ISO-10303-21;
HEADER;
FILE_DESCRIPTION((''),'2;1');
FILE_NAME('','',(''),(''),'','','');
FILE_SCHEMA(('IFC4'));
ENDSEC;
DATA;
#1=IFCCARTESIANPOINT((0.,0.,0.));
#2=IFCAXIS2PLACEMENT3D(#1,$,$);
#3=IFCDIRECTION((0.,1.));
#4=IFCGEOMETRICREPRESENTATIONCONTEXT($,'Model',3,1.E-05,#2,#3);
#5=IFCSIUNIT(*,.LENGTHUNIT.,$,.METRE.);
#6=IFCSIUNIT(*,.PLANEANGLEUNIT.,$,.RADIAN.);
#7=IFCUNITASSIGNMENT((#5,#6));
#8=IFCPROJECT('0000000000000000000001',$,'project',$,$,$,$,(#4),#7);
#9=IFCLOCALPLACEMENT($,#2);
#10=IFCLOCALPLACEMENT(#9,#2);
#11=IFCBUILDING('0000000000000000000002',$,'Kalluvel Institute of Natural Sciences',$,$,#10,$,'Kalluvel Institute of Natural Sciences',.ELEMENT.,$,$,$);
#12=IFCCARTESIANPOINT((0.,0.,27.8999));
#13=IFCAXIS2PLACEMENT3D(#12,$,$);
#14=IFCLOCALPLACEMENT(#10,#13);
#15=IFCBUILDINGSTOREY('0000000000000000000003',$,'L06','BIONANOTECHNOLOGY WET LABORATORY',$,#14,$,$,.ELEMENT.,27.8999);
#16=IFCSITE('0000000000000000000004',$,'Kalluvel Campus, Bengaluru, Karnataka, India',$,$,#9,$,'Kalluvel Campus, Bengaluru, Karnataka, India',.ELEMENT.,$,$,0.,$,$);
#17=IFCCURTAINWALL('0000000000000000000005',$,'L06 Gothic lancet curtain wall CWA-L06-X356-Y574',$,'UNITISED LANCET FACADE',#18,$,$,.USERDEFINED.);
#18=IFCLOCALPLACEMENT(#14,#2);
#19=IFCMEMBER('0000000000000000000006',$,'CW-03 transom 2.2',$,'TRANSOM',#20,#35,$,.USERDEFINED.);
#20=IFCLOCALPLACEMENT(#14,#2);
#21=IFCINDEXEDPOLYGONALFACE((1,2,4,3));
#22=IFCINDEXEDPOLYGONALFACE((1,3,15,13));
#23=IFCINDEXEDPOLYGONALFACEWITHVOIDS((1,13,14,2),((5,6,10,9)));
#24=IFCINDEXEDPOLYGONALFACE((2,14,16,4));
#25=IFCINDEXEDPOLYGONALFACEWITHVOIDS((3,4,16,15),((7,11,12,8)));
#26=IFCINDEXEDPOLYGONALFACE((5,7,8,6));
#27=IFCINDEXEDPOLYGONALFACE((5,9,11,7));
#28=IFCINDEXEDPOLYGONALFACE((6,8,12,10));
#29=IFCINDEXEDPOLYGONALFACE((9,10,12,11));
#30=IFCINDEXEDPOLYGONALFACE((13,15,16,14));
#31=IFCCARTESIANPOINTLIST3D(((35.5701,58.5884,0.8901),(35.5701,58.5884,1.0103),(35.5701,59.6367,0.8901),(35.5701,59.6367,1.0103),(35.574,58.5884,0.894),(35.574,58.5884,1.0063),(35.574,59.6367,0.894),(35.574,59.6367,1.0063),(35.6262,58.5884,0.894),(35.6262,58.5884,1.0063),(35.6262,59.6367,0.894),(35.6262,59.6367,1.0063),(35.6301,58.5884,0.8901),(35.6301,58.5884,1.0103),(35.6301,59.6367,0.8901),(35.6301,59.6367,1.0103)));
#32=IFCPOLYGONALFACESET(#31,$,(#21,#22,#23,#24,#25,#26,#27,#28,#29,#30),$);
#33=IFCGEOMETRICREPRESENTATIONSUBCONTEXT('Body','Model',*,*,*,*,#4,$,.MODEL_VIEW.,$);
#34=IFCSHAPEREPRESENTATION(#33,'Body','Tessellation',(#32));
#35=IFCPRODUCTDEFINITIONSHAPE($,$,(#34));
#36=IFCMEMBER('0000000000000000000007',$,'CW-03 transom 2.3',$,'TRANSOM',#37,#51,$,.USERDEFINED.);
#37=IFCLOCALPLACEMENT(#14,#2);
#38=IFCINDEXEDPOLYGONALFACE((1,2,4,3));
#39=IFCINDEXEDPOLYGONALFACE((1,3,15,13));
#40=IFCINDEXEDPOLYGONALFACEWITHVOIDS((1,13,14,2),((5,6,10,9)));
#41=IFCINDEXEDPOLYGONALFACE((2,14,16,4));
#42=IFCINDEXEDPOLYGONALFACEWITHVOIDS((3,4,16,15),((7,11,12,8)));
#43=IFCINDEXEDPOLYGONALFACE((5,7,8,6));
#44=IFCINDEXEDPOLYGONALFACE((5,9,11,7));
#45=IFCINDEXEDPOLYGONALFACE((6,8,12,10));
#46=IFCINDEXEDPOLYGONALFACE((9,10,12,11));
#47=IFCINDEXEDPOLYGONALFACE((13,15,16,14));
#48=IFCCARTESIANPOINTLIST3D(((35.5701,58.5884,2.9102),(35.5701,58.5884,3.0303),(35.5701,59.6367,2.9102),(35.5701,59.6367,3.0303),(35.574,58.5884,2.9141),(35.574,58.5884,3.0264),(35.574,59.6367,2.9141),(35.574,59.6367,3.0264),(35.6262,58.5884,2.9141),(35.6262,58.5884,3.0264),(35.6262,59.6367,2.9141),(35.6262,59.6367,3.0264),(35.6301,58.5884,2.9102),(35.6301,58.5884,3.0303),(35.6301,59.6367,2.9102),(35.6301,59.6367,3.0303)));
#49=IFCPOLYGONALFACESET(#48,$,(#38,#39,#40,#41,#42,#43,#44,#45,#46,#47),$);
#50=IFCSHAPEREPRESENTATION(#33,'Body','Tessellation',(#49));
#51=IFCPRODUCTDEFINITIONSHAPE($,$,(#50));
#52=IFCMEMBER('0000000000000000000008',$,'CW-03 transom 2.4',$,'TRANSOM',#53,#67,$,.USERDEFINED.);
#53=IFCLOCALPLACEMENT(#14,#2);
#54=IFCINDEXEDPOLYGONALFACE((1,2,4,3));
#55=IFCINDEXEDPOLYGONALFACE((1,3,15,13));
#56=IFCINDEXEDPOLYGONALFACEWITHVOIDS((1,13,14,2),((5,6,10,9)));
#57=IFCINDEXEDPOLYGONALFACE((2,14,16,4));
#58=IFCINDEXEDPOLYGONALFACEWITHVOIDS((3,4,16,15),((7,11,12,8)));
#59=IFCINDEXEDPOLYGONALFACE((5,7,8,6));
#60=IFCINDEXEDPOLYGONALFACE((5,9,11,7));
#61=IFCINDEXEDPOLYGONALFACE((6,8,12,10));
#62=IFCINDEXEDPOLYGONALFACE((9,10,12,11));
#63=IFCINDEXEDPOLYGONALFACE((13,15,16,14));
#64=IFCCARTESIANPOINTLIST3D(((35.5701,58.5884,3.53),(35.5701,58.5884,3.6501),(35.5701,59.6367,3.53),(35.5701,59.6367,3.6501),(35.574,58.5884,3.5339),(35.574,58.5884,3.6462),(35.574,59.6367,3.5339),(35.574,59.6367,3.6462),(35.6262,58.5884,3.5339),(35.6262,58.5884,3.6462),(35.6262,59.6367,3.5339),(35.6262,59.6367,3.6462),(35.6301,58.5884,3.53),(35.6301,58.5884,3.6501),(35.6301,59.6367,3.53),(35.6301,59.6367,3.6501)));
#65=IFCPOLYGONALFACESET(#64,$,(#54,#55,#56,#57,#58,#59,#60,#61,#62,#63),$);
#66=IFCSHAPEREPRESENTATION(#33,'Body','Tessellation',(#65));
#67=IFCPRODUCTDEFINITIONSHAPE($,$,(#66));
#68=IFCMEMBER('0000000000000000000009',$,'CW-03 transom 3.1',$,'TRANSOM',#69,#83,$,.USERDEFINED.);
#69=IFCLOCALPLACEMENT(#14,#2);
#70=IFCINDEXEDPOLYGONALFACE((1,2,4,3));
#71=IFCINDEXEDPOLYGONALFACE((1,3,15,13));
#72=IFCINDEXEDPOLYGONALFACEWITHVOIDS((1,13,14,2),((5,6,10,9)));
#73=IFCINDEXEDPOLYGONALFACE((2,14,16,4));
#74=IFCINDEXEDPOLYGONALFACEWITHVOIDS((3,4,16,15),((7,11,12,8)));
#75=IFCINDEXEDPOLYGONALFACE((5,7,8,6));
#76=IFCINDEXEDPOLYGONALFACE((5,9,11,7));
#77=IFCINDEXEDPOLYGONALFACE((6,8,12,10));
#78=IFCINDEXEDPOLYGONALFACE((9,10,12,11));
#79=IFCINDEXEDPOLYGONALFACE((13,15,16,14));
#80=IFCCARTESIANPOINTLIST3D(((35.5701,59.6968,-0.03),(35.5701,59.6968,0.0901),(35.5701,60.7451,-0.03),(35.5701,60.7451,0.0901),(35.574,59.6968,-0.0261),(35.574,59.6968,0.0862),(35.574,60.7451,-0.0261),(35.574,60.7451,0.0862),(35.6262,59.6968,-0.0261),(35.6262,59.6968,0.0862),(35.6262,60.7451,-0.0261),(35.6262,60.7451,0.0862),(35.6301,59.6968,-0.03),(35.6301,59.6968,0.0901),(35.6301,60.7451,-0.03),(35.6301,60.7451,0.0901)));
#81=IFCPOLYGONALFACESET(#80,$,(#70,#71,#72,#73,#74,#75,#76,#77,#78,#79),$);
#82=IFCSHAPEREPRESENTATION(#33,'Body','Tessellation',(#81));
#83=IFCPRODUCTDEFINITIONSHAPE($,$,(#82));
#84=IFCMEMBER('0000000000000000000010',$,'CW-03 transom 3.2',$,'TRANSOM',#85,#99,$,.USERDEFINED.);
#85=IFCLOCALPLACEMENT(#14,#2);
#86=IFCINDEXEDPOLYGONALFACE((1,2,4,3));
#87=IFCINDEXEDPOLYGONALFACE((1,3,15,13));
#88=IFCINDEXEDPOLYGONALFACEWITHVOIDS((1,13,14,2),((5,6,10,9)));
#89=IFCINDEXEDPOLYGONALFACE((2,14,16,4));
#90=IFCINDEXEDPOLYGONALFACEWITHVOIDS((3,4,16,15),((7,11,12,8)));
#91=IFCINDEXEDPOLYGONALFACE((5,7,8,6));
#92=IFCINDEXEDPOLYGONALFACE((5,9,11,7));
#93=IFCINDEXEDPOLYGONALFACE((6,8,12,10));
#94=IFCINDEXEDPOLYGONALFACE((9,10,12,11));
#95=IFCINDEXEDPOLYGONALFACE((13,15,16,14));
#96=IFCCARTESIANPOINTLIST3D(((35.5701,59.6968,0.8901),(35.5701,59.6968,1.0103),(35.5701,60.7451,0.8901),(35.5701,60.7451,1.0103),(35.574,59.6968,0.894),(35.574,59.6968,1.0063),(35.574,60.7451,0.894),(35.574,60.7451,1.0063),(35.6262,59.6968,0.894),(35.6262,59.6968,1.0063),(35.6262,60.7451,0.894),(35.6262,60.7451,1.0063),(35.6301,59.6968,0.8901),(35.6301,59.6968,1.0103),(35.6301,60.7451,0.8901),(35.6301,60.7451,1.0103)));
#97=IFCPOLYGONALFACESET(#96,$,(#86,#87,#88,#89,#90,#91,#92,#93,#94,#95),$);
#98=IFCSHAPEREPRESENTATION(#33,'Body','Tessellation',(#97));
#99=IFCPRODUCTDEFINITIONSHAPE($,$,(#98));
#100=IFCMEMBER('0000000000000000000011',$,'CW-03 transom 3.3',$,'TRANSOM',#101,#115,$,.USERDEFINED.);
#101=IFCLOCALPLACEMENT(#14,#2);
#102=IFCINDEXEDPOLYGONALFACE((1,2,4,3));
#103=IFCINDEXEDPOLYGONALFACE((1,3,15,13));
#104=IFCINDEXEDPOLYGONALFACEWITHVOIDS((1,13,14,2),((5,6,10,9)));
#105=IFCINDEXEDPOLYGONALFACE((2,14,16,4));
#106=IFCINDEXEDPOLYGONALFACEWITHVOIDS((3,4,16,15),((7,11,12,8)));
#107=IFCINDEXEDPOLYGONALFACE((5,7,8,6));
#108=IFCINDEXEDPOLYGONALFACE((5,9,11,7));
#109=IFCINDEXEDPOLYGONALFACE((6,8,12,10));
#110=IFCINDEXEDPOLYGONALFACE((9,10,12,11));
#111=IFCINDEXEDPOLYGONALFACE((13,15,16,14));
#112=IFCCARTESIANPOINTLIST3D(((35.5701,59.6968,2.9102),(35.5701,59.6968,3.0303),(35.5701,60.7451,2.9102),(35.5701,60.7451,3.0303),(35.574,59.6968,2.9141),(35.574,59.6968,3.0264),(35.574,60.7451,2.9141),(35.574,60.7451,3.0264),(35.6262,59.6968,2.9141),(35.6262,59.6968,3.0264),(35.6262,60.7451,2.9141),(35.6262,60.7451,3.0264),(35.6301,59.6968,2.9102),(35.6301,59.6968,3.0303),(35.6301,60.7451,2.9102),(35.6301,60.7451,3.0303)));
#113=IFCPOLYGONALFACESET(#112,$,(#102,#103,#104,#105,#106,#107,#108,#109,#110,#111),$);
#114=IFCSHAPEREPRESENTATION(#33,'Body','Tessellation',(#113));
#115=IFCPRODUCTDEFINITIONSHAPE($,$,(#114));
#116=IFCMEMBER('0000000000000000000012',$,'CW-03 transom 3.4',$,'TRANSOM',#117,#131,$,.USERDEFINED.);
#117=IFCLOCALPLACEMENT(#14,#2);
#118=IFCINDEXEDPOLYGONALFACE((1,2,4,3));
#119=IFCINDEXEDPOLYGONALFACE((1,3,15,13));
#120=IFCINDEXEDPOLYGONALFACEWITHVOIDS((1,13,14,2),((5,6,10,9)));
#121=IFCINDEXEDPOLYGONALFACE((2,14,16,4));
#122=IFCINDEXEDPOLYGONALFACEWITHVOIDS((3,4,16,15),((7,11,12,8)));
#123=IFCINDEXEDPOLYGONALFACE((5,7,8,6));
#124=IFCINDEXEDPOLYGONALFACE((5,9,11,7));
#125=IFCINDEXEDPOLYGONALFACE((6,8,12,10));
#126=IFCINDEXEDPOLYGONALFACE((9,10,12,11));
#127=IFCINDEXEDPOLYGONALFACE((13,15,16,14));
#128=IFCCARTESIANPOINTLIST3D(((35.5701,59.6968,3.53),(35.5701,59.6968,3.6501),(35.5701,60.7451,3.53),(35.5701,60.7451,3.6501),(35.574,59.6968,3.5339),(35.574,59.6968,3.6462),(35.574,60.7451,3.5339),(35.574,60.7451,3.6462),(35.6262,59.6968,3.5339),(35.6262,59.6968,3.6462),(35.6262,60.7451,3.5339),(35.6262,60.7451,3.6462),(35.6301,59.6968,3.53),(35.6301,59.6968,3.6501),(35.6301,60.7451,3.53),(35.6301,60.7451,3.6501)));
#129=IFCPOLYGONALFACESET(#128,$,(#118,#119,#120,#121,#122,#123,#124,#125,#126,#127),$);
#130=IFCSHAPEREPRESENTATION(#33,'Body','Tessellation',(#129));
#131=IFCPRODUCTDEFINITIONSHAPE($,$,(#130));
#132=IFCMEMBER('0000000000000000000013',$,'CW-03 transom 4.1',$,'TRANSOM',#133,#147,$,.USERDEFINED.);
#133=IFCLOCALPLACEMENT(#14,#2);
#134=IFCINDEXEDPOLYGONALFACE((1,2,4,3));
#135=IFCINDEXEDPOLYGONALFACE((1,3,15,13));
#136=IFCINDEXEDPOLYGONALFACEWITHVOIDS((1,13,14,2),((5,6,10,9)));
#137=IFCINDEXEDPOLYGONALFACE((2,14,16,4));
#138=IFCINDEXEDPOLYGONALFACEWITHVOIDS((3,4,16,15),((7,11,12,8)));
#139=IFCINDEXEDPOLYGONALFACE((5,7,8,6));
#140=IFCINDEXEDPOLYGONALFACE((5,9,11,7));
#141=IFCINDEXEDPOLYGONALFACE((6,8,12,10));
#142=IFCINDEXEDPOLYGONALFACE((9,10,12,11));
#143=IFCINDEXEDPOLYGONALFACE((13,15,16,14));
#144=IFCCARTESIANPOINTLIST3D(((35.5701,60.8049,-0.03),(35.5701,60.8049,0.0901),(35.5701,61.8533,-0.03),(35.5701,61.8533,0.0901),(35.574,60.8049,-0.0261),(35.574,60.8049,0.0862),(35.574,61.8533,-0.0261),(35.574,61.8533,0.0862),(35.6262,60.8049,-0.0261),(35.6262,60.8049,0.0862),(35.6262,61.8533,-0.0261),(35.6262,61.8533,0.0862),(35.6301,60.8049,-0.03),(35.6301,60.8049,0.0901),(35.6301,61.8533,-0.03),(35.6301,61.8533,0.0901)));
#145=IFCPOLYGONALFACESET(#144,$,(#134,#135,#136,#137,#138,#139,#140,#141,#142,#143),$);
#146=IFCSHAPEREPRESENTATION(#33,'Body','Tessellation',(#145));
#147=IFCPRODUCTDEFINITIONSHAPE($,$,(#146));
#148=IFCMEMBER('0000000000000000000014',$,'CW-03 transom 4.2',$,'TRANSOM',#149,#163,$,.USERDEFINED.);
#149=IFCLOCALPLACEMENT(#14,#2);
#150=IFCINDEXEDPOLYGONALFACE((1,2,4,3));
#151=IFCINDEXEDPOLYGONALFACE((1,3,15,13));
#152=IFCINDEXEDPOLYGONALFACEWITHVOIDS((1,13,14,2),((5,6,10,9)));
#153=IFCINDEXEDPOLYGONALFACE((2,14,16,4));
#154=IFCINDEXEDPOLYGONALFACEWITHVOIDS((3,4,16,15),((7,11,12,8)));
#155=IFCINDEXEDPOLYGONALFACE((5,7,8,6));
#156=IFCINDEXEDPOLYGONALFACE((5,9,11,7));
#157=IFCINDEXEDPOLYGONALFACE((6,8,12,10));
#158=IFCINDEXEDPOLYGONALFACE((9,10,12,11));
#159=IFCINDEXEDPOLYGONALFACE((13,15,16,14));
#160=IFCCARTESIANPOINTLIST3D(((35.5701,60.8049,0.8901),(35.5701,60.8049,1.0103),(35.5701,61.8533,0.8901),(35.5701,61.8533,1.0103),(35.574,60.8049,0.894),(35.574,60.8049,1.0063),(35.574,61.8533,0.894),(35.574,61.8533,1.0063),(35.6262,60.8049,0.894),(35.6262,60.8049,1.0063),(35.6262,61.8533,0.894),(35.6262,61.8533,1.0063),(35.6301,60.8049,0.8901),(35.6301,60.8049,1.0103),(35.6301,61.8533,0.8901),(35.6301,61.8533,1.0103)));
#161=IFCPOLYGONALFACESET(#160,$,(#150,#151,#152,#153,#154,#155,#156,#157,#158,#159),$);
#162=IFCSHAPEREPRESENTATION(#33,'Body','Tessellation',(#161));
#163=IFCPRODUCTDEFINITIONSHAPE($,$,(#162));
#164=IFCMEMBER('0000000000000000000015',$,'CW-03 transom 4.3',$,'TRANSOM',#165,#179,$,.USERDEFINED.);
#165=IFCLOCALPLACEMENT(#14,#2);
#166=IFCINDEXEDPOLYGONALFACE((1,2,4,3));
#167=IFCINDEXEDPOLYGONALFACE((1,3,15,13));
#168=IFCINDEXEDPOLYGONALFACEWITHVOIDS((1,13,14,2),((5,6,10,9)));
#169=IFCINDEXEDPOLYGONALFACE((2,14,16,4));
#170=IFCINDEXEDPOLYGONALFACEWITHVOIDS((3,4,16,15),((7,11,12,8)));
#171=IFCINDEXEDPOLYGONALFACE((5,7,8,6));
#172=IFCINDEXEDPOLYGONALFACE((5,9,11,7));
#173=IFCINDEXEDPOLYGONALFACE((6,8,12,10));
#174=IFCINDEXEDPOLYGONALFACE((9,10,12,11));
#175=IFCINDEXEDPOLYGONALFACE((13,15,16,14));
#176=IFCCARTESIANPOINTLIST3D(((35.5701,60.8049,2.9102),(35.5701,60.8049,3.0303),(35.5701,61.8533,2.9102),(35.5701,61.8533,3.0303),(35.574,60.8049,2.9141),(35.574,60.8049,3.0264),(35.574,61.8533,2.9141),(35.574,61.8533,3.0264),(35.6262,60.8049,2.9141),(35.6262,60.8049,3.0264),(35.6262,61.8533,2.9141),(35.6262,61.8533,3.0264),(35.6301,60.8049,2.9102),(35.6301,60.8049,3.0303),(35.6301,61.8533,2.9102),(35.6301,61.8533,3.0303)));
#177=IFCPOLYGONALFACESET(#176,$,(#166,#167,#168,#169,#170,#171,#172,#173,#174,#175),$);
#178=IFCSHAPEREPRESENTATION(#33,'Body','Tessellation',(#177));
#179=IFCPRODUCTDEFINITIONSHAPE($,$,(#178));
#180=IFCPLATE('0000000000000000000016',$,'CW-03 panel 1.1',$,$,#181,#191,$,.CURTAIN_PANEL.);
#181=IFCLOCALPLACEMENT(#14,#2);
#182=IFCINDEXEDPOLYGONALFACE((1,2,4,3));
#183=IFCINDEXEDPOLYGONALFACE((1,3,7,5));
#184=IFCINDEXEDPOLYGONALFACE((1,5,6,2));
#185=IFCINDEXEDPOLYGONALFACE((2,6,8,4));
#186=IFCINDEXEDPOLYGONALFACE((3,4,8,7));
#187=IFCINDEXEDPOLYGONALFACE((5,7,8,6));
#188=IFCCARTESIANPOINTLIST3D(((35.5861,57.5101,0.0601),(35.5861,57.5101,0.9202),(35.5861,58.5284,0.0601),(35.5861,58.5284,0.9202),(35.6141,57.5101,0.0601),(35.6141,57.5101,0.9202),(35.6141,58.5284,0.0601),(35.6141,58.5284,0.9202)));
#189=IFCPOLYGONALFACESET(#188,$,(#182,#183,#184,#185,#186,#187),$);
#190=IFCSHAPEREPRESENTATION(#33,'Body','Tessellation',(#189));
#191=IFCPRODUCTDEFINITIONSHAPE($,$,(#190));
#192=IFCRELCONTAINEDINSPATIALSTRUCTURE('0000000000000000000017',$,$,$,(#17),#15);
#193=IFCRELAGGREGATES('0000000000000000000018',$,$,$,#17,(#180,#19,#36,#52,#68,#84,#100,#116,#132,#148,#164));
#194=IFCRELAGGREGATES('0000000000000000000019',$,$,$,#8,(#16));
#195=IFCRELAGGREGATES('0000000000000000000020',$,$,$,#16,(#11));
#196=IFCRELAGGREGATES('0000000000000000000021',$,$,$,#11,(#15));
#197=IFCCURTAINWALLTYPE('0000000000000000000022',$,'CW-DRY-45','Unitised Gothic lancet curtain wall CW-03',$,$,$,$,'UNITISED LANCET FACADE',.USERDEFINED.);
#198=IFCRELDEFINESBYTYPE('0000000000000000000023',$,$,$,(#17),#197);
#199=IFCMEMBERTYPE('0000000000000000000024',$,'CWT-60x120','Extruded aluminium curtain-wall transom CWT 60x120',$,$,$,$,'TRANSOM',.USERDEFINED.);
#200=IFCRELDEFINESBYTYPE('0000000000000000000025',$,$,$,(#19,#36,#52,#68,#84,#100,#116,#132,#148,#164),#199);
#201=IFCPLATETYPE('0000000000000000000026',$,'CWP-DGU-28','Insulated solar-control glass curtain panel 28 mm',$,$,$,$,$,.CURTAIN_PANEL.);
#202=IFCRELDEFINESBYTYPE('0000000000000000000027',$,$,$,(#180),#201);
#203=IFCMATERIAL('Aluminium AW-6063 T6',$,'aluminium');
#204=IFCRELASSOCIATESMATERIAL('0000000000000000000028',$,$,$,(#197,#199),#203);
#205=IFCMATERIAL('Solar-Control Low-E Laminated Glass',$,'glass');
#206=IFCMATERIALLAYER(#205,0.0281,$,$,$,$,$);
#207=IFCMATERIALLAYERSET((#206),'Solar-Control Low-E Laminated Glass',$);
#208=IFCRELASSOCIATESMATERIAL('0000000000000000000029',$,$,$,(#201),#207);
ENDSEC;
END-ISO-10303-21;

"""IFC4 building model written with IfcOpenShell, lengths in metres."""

from ifc_helpers import new_model, si_unit, direction, frame, origin, origin_2d, place, context, subcontext, project, spatial, rectangle, hollow_rectangle, extrude, material, layer, layer_set, material_profile, profile_set, type_object, element, aggregate, save


model = new_model("IFC4")

# Units and contexts
model_context = context("Model", 3, precision=1e-05, world=origin(), true_north=direction((0.0, 1.0)))
body_context = subcontext(model_context, "Body", "Model", "MODEL_VIEW")
ifc_project = project(units=[si_unit("LENGTHUNIT", "METRE"), si_unit("PLANEANGLEUNIT", "RADIAN")], contexts=[model_context])

# Site, building, storey
site_placement = place(None, origin())
site = spatial("IfcSite", under=ifc_project, at=site_placement, Name="Kalluvel Campus, Bengaluru, Karnataka, India", LongName="Kalluvel Campus, Bengaluru, Karnataka, India", CompositionType="ELEMENT", RefElevation=0.0)
building_placement = place(site_placement, origin())
building = spatial("IfcBuilding", under=site, at=building_placement, Name="Kalluvel Institute of Natural Sciences", LongName="Kalluvel Institute of Natural Sciences", CompositionType="ELEMENT")
storey_placement = place(building_placement, frame((0.0, 0.0, 27.8999)))
storey = spatial("IfcBuildingStorey", under=building, at=storey_placement, Name="L06", Description="BIONANOTECHNOLOGY WET LABORATORY", CompositionType="ELEMENT", Elevation=27.8999)

# Curtain wall, members, plate
ifc_material_1 = material(Name="Aluminium AW-6063 T6", Category="aluminium")
curtain_wall_type = type_object("IfcCurtainWallType", Name="CW-DRY-45", Description="Unitised Gothic lancet curtain wall CW-03", ElementType="UNITISED LANCET FACADE", PredefinedType="USERDEFINED", material=ifc_material_1)
curtain_wall_placement = place(storey_placement, origin())
curtain_wall = element("IfcCurtainWall", 1, at=curtain_wall_placement, inside=storey, type_object=curtain_wall_type, Name="L06 Gothic lancet curtain wall CWA-L06-X356-Y574", ObjectType="UNITISED LANCET FACADE", PredefinedType="USERDEFINED")
ifc_material_profile_1 = material_profile(ifc_material_1, hollow_rectangle(XDim=0.0601, YDim=0.1201, WallThickness=0.0039, at=origin_2d()), Name="CWT 60x120")
ifc_profile_set_1 = profile_set([ifc_material_profile_1], Name="Aluminium AW-6063 T6")
member_type_1 = type_object("IfcMemberType", Name="CWT-60x120", Description="Extruded aluminium curtain-wall transom CWT 60x120", ElementType="TRANSOM", PredefinedType="USERDEFINED", material=ifc_profile_set_1)
member_1_placement = place(storey_placement, frame((35.6001, 58.5884, 0.9502), z_axis=(0.0, 1.0, 0.0), x_axis=(-1.0, 0.0, 0.0)))
member_1 = element("IfcMember", 2, at=member_1_placement, type_object=member_type_1, Name="CW-03 transom 2.2", ObjectType="TRANSOM", PredefinedType="USERDEFINED", context=body_context, shape_type="SweptSolid", body=[
    extrude(hollow_rectangle(XDim=0.0601, YDim=0.1201, WallThickness=0.0039, at=origin_2d()), origin(), (0.0, 0.0, 1.0), 1.0483),
])
member_2_placement = place(storey_placement, frame((35.6001, 58.5884, 2.9702), z_axis=(0.0, 1.0, 0.0), x_axis=(-1.0, 0.0, 0.0)))
member_2 = element("IfcMember", 3, at=member_2_placement, type_object=member_type_1, Name="CW-03 transom 2.3", ObjectType="TRANSOM", PredefinedType="USERDEFINED", context=body_context, shape_type="SweptSolid", body=[
    extrude(hollow_rectangle(XDim=0.0601, YDim=0.1201, WallThickness=0.0039, at=origin_2d()), origin(), (0.0, 0.0, 1.0), 1.0483),
])
member_3_placement = place(storey_placement, frame((35.6001, 58.5884, 3.5901), z_axis=(0.0, 1.0, 0.0), x_axis=(-1.0, 0.0, 0.0)))
member_3 = element("IfcMember", 4, at=member_3_placement, type_object=member_type_1, Name="CW-03 transom 2.4", ObjectType="TRANSOM", PredefinedType="USERDEFINED", context=body_context, shape_type="SweptSolid", body=[
    extrude(hollow_rectangle(XDim=0.0601, YDim=0.1201, WallThickness=0.0039, at=origin_2d()), origin(), (0.0, 0.0, 1.0), 1.0483),
])
member_4_placement = place(storey_placement, frame((35.6001, 59.6968, 0.03), z_axis=(0.0, 1.0, 0.0), x_axis=(-1.0, 0.0, 0.0)))
member_4 = element("IfcMember", 5, at=member_4_placement, type_object=member_type_1, Name="CW-03 transom 3.1", ObjectType="TRANSOM", PredefinedType="USERDEFINED", context=body_context, shape_type="SweptSolid", body=[
    extrude(hollow_rectangle(XDim=0.0601, YDim=0.1201, WallThickness=0.0039, at=origin_2d()), origin(), (0.0, 0.0, 1.0), 1.0483),
])
member_5_placement = place(storey_placement, frame((35.6001, 59.6968, 0.9502), z_axis=(0.0, 1.0, 0.0), x_axis=(-1.0, 0.0, 0.0)))
member_5 = element("IfcMember", 6, at=member_5_placement, type_object=member_type_1, Name="CW-03 transom 3.2", ObjectType="TRANSOM", PredefinedType="USERDEFINED", context=body_context, shape_type="SweptSolid", body=[
    extrude(hollow_rectangle(XDim=0.0601, YDim=0.1201, WallThickness=0.0039, at=origin_2d()), origin(), (0.0, 0.0, 1.0), 1.0483),
])
member_6_placement = place(storey_placement, frame((35.6001, 59.6968, 2.9702), z_axis=(0.0, 1.0, 0.0), x_axis=(-1.0, 0.0, 0.0)))
member_6 = element("IfcMember", 7, at=member_6_placement, type_object=member_type_1, Name="CW-03 transom 3.3", ObjectType="TRANSOM", PredefinedType="USERDEFINED", context=body_context, shape_type="SweptSolid", body=[
    extrude(hollow_rectangle(XDim=0.0601, YDim=0.1201, WallThickness=0.0039, at=origin_2d()), origin(), (0.0, 0.0, 1.0), 1.0483),
])
member_7_placement = place(storey_placement, frame((35.6001, 59.6968, 3.5901), z_axis=(0.0, 1.0, 0.0), x_axis=(-1.0, 0.0, 0.0)))
member_7 = element("IfcMember", 8, at=member_7_placement, type_object=member_type_1, Name="CW-03 transom 3.4", ObjectType="TRANSOM", PredefinedType="USERDEFINED", context=body_context, shape_type="SweptSolid", body=[
    extrude(hollow_rectangle(XDim=0.0601, YDim=0.1201, WallThickness=0.0039, at=origin_2d()), origin(), (0.0, 0.0, 1.0), 1.0483),
])
member_8_placement = place(storey_placement, frame((35.6001, 60.8049, 0.03), z_axis=(0.0, 1.0, 0.0), x_axis=(-1.0, 0.0, 0.0)))
member_8 = element("IfcMember", 9, at=member_8_placement, type_object=member_type_1, Name="CW-03 transom 4.1", ObjectType="TRANSOM", PredefinedType="USERDEFINED", context=body_context, shape_type="SweptSolid", body=[
    extrude(hollow_rectangle(XDim=0.0601, YDim=0.1201, WallThickness=0.0039, at=origin_2d()), origin(), (0.0, 0.0, 1.0), 1.0483),
])
member_9_placement = place(storey_placement, frame((35.6001, 60.8049, 0.9502), z_axis=(0.0, 1.0, 0.0), x_axis=(-1.0, 0.0, 0.0)))
member_9 = element("IfcMember", 10, at=member_9_placement, type_object=member_type_1, Name="CW-03 transom 4.2", ObjectType="TRANSOM", PredefinedType="USERDEFINED", context=body_context, shape_type="SweptSolid", body=[
    extrude(hollow_rectangle(XDim=0.0601, YDim=0.1201, WallThickness=0.0039, at=origin_2d()), origin(), (0.0, 0.0, 1.0), 1.0483),
])
member_10_placement = place(storey_placement, frame((35.6001, 60.8049, 2.9702), z_axis=(0.0, 1.0, 0.0), x_axis=(-1.0, 0.0, 0.0)))
member_10 = element("IfcMember", 11, at=member_10_placement, type_object=member_type_1, Name="CW-03 transom 4.3", ObjectType="TRANSOM", PredefinedType="USERDEFINED", context=body_context, shape_type="SweptSolid", body=[
    extrude(hollow_rectangle(XDim=0.0601, YDim=0.1201, WallThickness=0.0039, at=origin_2d()), origin(), (0.0, 0.0, 1.0), 1.0483),
])
ifc_material_2 = material(Name="Solar-Control Low-E Laminated Glass", Category="glass")
ifc_layer = layer(ifc_material_2, 0.0281)
ifc_layer_set = layer_set([ifc_layer], Name="Solar-Control Low-E Laminated Glass")
plate_type = type_object("IfcPlateType", Name="CWP-DGU-28", Description="Insulated solar-control glass curtain panel 28 mm", PredefinedType="CURTAIN_PANEL", material=ifc_layer_set)
plate_1_placement = place(storey_placement, frame((35.6001, 58.0193, 0.0601), z_axis=(0.0, 0.0, 1.0), x_axis=(0.0, 1.0, 0.0)))
plate_1 = element("IfcPlate", 12, at=plate_1_placement, type_object=plate_type, Name="CW-03 panel 1.1", PredefinedType="CURTAIN_PANEL", context=body_context, shape_type="SweptSolid", body=[
    extrude(rectangle(XDim=1.0183, YDim=0.0281, at=origin_2d()), origin(), (0.0, 0.0, 1.0), 0.8601),
])
aggregate(curtain_wall, [plate_1, member_1, member_2, member_3, member_4, member_5, member_6, member_7, member_8, member_9, member_10])

save(model, "model.ifc")
